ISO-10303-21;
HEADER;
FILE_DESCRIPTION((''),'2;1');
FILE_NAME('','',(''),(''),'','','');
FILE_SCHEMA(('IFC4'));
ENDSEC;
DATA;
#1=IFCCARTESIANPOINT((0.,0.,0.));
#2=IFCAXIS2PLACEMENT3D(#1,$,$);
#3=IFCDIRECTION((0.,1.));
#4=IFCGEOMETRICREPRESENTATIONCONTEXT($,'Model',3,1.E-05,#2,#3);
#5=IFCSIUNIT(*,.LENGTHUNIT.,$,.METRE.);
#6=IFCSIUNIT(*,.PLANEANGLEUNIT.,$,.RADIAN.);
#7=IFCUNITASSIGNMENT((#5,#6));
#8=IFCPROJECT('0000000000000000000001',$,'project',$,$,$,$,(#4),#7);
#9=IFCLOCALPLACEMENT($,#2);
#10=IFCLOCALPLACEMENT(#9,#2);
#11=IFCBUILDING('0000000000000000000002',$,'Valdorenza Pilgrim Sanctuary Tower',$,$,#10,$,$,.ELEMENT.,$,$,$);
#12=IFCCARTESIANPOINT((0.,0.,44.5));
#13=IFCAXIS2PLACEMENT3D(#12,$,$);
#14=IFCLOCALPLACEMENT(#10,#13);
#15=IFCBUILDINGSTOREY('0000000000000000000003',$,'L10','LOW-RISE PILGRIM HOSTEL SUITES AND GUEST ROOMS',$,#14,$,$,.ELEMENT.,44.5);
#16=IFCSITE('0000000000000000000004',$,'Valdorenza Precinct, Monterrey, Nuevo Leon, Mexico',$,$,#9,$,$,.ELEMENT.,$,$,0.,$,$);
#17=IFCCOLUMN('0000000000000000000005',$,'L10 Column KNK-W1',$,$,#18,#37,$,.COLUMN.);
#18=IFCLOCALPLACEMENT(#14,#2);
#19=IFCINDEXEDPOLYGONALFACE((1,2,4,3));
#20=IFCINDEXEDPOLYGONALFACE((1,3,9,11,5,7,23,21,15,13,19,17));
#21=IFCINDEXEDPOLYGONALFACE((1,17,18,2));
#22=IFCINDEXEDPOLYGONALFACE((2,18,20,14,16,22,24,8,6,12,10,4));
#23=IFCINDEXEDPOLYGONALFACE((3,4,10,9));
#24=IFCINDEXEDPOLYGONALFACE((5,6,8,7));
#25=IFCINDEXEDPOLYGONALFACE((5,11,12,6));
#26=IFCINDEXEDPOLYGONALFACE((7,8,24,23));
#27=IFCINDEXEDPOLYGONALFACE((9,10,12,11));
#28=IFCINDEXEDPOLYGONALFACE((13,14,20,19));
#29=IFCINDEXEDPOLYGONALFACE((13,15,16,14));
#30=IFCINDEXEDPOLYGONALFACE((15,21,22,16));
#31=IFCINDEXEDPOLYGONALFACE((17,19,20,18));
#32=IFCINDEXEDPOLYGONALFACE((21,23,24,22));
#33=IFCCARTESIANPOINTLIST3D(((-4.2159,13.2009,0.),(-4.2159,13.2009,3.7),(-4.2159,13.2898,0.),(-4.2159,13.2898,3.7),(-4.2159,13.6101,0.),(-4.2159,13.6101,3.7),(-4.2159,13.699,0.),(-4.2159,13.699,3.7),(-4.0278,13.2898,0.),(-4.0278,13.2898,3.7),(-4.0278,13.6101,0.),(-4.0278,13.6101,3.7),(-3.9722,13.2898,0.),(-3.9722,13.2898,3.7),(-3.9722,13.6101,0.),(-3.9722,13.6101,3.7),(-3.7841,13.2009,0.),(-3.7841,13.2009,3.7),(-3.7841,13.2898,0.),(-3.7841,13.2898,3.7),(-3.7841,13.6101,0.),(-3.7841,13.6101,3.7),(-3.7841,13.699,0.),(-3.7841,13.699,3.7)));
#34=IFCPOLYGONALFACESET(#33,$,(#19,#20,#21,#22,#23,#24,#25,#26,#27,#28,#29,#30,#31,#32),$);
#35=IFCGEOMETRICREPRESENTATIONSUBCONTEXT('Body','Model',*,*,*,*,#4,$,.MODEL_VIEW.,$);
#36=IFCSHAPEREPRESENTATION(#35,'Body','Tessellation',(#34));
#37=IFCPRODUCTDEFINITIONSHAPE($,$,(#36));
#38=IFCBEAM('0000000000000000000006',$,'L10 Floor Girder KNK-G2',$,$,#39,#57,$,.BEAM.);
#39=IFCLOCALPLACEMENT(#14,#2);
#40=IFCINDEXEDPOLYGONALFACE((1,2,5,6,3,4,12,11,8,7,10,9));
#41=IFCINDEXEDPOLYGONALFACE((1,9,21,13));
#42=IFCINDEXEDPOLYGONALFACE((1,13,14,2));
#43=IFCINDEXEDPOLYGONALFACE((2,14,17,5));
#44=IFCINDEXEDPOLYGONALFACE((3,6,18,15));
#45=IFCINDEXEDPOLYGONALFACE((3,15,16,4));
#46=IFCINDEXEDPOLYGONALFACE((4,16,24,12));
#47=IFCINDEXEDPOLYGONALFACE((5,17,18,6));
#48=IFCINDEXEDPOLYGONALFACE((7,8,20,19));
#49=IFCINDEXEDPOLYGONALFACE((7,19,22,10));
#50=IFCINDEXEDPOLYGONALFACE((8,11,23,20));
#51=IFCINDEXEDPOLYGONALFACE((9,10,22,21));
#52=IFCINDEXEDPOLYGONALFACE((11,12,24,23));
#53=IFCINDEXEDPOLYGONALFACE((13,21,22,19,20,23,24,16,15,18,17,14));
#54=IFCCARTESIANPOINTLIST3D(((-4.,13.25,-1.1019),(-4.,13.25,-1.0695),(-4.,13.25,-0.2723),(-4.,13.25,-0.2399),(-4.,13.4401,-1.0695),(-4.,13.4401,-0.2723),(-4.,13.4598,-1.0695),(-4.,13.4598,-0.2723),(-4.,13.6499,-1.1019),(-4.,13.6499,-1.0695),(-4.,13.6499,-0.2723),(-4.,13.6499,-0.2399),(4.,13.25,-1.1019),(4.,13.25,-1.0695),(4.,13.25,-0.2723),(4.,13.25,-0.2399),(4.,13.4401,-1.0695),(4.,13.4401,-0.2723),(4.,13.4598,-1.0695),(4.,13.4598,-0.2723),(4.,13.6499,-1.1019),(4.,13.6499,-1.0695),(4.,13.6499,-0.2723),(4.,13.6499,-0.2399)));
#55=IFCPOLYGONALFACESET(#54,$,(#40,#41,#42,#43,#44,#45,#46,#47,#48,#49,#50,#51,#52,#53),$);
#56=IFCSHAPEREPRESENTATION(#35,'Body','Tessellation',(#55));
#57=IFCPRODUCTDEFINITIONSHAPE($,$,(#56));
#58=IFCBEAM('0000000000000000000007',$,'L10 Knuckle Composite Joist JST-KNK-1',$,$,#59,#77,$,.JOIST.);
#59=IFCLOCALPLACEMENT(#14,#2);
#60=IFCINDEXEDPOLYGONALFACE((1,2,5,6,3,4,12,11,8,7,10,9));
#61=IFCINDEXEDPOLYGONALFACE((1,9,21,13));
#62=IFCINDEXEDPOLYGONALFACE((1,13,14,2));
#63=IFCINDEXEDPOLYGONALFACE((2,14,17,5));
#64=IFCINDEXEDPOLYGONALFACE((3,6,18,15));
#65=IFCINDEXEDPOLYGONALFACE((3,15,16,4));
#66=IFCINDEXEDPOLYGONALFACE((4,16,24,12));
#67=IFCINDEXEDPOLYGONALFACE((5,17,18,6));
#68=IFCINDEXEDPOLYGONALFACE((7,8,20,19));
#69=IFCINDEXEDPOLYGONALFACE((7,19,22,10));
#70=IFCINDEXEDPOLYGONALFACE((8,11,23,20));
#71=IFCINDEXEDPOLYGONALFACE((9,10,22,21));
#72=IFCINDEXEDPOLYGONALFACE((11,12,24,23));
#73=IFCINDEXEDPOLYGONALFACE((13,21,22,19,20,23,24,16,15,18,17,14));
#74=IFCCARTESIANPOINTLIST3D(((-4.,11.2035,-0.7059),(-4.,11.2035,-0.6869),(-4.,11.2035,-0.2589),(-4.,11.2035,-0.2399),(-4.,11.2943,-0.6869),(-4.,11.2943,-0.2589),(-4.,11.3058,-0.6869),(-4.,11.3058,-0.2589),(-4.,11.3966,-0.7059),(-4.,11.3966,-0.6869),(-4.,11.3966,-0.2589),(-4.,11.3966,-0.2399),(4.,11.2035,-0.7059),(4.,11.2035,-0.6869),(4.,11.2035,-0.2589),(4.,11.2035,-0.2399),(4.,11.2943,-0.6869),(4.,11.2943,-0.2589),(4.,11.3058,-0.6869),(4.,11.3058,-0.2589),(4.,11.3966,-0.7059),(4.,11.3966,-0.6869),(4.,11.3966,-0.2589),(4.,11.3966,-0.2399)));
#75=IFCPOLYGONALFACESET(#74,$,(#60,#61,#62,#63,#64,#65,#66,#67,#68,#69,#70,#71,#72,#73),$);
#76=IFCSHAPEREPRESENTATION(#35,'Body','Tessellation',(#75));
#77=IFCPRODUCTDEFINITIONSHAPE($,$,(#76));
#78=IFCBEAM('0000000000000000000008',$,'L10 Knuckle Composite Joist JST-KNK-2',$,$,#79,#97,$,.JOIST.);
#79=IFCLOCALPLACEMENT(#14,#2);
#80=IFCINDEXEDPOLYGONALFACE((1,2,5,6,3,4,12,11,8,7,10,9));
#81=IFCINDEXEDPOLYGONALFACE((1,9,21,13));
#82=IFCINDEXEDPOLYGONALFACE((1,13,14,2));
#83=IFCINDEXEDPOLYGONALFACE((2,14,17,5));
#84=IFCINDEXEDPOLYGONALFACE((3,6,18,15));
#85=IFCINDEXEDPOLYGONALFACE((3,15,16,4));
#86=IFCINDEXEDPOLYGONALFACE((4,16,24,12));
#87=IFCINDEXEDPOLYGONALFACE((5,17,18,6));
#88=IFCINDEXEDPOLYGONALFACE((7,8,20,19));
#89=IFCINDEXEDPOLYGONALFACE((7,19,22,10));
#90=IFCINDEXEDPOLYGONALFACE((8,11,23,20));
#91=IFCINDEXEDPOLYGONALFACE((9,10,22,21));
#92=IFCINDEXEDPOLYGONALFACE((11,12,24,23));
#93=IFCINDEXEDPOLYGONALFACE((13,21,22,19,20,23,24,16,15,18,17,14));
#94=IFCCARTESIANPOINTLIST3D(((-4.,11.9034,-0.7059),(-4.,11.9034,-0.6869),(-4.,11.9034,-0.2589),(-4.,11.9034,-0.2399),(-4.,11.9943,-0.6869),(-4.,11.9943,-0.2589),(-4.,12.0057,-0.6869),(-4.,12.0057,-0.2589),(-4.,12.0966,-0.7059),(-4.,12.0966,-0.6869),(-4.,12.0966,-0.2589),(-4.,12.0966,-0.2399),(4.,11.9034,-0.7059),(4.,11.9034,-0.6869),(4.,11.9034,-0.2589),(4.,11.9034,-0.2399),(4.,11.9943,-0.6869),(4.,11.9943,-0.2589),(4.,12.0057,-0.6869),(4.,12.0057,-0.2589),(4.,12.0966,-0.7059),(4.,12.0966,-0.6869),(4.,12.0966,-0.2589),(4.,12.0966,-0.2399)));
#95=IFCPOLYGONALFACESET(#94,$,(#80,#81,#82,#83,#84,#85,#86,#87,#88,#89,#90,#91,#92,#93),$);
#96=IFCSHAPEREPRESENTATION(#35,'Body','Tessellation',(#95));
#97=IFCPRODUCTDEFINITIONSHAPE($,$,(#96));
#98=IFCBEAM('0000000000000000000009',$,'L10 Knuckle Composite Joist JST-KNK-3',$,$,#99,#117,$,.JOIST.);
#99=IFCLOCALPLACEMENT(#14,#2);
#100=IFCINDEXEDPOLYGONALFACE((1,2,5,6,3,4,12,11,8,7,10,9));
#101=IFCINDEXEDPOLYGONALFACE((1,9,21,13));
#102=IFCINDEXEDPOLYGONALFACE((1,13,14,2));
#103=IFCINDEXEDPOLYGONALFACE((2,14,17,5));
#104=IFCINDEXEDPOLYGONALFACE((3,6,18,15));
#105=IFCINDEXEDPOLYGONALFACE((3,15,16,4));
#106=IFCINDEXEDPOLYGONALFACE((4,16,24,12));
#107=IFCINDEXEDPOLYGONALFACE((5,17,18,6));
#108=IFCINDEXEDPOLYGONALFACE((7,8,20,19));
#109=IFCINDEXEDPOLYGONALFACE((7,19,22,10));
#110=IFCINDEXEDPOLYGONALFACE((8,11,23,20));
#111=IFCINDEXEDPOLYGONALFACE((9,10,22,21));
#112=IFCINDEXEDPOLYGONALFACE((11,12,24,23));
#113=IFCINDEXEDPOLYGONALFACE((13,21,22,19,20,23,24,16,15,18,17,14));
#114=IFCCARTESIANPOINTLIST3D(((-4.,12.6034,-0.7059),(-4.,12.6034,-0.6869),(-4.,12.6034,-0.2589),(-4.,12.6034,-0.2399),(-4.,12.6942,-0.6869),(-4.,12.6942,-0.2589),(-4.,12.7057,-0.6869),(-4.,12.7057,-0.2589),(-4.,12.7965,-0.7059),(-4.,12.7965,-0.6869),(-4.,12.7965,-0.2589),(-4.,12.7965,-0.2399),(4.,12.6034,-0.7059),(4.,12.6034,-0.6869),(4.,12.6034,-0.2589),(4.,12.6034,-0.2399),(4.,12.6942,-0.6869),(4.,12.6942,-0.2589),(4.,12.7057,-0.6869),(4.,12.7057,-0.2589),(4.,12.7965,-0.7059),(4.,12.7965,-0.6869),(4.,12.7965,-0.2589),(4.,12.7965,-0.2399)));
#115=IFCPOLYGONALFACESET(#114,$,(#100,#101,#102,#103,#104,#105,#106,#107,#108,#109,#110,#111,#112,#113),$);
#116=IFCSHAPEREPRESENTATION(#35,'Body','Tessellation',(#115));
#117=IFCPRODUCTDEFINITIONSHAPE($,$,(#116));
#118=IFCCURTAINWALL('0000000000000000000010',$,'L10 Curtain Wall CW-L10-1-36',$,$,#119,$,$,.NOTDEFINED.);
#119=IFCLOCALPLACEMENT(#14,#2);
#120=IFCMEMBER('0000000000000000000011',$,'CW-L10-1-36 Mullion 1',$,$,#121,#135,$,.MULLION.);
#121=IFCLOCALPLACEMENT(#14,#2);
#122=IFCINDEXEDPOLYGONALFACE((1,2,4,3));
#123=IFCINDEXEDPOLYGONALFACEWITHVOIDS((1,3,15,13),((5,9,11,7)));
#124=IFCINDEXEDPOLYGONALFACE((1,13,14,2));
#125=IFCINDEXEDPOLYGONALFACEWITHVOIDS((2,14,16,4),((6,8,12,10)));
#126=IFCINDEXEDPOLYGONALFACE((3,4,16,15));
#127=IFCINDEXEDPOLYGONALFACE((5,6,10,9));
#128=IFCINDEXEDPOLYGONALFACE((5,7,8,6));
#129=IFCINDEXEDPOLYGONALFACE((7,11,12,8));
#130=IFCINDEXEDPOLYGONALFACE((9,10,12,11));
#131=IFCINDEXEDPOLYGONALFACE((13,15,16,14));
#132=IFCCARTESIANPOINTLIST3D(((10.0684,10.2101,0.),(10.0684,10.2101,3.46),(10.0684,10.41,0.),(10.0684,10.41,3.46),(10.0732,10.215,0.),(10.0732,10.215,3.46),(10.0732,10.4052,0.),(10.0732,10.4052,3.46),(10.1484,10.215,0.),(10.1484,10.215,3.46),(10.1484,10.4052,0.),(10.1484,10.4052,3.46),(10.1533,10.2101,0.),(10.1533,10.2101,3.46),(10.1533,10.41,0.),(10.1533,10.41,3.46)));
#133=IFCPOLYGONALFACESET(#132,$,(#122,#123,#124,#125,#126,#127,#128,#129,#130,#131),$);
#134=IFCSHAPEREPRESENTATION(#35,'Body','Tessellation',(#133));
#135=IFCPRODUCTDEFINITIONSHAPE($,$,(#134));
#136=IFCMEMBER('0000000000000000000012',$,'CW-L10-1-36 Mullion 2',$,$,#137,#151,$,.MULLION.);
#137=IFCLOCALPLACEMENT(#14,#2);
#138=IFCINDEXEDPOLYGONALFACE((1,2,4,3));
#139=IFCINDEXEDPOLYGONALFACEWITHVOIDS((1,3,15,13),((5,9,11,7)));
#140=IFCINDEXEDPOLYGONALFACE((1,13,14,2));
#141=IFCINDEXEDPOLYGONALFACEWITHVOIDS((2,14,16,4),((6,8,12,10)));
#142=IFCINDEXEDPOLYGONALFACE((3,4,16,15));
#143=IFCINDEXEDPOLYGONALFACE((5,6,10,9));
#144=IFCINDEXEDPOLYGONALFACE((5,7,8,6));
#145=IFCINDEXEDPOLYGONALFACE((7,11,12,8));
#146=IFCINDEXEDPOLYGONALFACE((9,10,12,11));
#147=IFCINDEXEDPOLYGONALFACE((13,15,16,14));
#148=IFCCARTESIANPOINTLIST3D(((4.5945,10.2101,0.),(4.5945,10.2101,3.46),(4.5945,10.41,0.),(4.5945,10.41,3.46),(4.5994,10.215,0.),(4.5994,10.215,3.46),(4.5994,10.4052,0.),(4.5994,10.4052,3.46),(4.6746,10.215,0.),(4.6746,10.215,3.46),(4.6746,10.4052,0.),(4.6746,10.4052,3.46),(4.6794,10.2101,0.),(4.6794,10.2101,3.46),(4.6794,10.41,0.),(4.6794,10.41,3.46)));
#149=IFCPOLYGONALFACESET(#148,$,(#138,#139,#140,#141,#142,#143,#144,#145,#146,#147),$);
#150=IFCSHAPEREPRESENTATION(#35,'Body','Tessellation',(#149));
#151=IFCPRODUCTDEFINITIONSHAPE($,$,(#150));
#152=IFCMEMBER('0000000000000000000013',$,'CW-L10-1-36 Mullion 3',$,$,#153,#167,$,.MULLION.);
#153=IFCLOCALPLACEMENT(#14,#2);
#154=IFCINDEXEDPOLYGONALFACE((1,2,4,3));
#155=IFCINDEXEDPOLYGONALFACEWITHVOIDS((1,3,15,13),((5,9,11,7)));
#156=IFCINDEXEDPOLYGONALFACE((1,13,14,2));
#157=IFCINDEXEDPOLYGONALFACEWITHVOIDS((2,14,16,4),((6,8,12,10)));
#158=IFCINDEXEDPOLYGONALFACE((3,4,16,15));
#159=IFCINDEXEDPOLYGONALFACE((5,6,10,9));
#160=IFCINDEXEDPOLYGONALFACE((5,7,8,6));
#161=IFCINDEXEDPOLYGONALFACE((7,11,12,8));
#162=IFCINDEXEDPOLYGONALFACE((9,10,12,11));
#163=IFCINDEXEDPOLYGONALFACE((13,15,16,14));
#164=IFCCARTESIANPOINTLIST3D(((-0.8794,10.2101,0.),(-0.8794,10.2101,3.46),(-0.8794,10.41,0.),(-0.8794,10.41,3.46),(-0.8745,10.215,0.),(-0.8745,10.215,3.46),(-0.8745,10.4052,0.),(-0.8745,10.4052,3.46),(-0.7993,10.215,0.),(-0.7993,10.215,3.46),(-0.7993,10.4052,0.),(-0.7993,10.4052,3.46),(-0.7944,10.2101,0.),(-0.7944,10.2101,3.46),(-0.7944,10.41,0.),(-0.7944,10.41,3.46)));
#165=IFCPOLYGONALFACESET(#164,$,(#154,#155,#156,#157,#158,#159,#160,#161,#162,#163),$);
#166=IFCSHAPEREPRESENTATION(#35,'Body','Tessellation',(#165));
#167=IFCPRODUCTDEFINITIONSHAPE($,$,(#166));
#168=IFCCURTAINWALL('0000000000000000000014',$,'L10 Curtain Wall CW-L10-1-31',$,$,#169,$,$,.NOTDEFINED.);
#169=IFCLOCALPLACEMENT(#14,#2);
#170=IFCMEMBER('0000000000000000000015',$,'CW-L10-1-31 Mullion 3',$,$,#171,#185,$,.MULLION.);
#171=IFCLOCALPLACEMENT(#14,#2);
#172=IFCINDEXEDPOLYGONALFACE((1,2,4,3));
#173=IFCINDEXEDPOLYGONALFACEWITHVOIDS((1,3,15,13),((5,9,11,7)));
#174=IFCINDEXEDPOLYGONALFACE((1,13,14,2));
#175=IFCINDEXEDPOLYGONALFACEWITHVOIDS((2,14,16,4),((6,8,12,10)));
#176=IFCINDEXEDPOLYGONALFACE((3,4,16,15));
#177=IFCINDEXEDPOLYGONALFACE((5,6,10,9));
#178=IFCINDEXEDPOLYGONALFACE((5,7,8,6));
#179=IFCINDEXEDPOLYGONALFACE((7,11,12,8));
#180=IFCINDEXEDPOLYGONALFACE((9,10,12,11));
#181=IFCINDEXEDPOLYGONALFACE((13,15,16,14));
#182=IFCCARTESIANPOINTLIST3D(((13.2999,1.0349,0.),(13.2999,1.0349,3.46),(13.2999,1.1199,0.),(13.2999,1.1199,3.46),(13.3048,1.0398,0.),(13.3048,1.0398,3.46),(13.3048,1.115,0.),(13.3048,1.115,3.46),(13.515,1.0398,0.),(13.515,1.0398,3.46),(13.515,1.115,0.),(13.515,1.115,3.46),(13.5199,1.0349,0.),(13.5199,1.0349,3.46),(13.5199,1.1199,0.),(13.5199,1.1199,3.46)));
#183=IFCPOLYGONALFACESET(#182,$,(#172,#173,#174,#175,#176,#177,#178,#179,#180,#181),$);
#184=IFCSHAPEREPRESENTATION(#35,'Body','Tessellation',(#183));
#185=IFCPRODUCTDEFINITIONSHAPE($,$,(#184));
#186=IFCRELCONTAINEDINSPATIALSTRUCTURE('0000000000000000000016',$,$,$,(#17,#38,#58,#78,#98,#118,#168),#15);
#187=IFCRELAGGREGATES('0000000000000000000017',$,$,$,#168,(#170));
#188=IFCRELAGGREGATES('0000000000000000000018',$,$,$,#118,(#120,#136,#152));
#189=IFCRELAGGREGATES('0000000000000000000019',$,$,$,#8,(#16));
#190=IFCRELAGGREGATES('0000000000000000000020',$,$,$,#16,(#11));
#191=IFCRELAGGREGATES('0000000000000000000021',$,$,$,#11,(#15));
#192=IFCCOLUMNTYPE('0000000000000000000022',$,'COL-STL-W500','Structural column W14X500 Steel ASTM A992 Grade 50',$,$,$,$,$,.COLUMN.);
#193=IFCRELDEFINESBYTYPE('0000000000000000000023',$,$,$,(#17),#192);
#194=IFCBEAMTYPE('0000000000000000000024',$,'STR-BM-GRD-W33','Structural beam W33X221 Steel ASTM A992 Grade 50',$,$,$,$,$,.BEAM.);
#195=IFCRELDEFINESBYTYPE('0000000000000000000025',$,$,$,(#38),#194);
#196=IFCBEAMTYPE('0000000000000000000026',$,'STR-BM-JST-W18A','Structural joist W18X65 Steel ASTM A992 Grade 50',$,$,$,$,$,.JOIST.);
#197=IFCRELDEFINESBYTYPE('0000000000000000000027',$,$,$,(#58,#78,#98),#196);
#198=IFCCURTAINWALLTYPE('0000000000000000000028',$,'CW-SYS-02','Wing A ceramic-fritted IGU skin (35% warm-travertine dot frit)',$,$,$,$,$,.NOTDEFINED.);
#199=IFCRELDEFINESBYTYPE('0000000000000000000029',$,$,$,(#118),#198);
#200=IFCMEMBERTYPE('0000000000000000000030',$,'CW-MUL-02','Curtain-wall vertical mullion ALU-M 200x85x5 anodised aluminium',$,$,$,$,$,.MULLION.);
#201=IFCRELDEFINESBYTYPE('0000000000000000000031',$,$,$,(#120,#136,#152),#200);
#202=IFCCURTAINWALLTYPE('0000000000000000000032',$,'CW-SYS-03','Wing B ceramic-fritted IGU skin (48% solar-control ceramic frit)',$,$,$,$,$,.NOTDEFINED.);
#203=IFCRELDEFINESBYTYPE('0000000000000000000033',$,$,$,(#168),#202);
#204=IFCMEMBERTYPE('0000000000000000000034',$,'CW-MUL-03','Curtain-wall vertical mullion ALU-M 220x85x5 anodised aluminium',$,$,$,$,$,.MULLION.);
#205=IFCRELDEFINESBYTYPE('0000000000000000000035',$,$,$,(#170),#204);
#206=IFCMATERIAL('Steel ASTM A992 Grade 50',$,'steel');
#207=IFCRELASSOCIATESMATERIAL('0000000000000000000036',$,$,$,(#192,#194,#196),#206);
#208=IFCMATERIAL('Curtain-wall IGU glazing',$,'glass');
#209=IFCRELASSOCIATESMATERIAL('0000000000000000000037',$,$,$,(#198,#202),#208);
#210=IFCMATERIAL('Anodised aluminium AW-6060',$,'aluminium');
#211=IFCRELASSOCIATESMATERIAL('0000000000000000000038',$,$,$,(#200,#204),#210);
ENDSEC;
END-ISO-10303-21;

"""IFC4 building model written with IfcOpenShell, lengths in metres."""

from ifc_helpers import new_model, si_unit, direction, frame, origin, origin_2d, place, context, subcontext, project, spatial, hollow_rectangle, i_section, extrude, source, transform, mapped, material, material_profile, profile_set, type_object, element, aggregate, save


model = new_model("IFC4")

# Units and contexts
model_context = context("Model", 3, precision=1e-05, world=origin(), true_north=direction((0.0, 1.0)))
body_context = subcontext(model_context, "Body", "Model", "MODEL_VIEW")
ifc_project = project(units=[si_unit("LENGTHUNIT", "METRE"), si_unit("PLANEANGLEUNIT", "RADIAN")], contexts=[model_context])

# Site, building, storey
site_placement = place(None, origin())
site = spatial("IfcSite", under=ifc_project, at=site_placement, Name="Valdorenza Precinct, Monterrey, Nuevo Leon, Mexico", CompositionType="ELEMENT", RefElevation=0.0)
building_placement = place(site_placement, origin())
building = spatial("IfcBuilding", under=site, at=building_placement, Name="Valdorenza Pilgrim Sanctuary Tower", CompositionType="ELEMENT")
storey_placement = place(building_placement, frame((0.0, 0.0, 44.5)))
storey = spatial("IfcBuildingStorey", under=building, at=storey_placement, Name="L10", Description="LOW-RISE PILGRIM HOSTEL SUITES AND GUEST ROOMS", CompositionType="ELEMENT", Elevation=44.5)

# Column
ifc_material_1 = material(Name="Steel ASTM A992 Grade 50", Category="steel")
ifc_material_profile_1 = material_profile(ifc_material_1, i_section(OverallWidth=0.4319, OverallDepth=0.498, WebThickness=0.0557, FlangeThickness=0.0889, at=origin_2d()), Name="W14X500")
ifc_profile_set_1 = profile_set([ifc_material_profile_1], Name="Steel ASTM A992 Grade 50")
column_type = type_object("IfcColumnType", Name="COL-STL-W500", Description="Structural column W14X500 Steel ASTM A992 Grade 50", PredefinedType="COLUMN", material=ifc_profile_set_1)
shared_shape_1 = source(origin(), body_context, "Body", "SweptSolid", [
    extrude(i_section(OverallWidth=0.4319, OverallDepth=0.498, WebThickness=0.0557, FlangeThickness=0.0889, at=origin_2d()), origin(), (0.0, 0.0, 1.0), 3.7),
])
column_placement = place(storey_placement, frame((-4.0, 13.45, 0.0), z_axis=(0.0, 0.0, 1.0), x_axis=(1.0, 0.0, 0.0)))
element("IfcColumn", 1, at=column_placement, inside=storey, type_object=column_type, Name="L10 Column KNK-W1", PredefinedType="COLUMN", context=body_context, shape_type="MappedRepresentation", body=[
    mapped(shared_shape_1, transform((0.0, 0.0, 0.0), x_axis=(1.0, 0.0, 0.0), y_axis=(0.0, 1.0, 0.0), z_axis=(0.0, 0.0, 1.0), scale=1.0)),
])

# Beams
ifc_material_profile_2 = material_profile(ifc_material_1, i_section(OverallWidth=0.3999, OverallDepth=0.8621, WebThickness=0.0198, FlangeThickness=0.0325, at=origin_2d()), Name="W33X221")
ifc_profile_set_2 = profile_set([ifc_material_profile_2], Name="Steel ASTM A992 Grade 50")
beam_type_1 = type_object("IfcBeamType", Name="STR-BM-GRD-W33", Description="Structural beam W33X221 Steel ASTM A992 Grade 50", PredefinedType="BEAM", material=ifc_profile_set_2)
shared_shape_2 = source(origin(), body_context, "Body", "SweptSolid", [
    extrude(i_section(OverallWidth=0.3999, OverallDepth=0.8621, WebThickness=0.0198, FlangeThickness=0.0325, at=origin_2d()), origin(), (0.0, 0.0, 1.0), 8.0),
])
beam_placement = place(storey_placement, frame((-4.0, 13.45, -0.6709), z_axis=(1.0, 0.0, 0.0), x_axis=(0.0, 1.0, 0.0)))
element("IfcBeam", 2, at=beam_placement, inside=storey, type_object=beam_type_1, Name="L10 Floor Girder KNK-G2", PredefinedType="BEAM", context=body_context, shape_type="MappedRepresentation", body=[
    mapped(shared_shape_2, transform((0.0, 0.0, 0.0), x_axis=(1.0, 0.0, 0.0), y_axis=(0.0, 1.0, 0.0), z_axis=(0.0, 0.0, 1.0), scale=1.0)),
])
ifc_material_profile_3 = material_profile(ifc_material_1, i_section(OverallWidth=0.1931, OverallDepth=0.4661, WebThickness=0.0115, FlangeThickness=0.019, at=origin_2d()), Name="W18X65")
ifc_profile_set_3 = profile_set([ifc_material_profile_3], Name="Steel ASTM A992 Grade 50")
beam_type_2 = type_object("IfcBeamType", Name="STR-BM-JST-W18A", Description="Structural joist W18X65 Steel ASTM A992 Grade 50", PredefinedType="JOIST", material=ifc_profile_set_3)
shared_shape_3 = source(origin(), body_context, "Body", "SweptSolid", [
    extrude(i_section(OverallWidth=0.1931, OverallDepth=0.4661, WebThickness=0.0115, FlangeThickness=0.019, at=origin_2d()), origin(), (0.0, 0.0, 1.0), 8.0),
])
for number, where, z_axis, x_axis, name in (
    (3, (-4.0, 11.3, -0.4729), (1.0, 0.0, 0.0), (0.0, 1.0, 0.0), "L10 Knuckle Composite Joist JST-KNK-1"),
    (4, (-4.0, 12.0, -0.4729), (1.0, 0.0, 0.0), (0.0, 1.0, 0.0), "L10 Knuckle Composite Joist JST-KNK-2"),
    (5, (-4.0, 12.7, -0.4729), (1.0, 0.0, 0.0), (0.0, 1.0, 0.0), "L10 Knuckle Composite Joist JST-KNK-3"),
):
    element("IfcBeam", number, at=place(storey_placement, frame(where, z_axis=z_axis, x_axis=x_axis)), inside=storey, type_object=beam_type_2, Name=name, PredefinedType="JOIST", context=body_context, shape_type="MappedRepresentation", body=[
        mapped(shared_shape_3, transform((0.0, 0.0, 0.0), x_axis=(1.0, 0.0, 0.0), y_axis=(0.0, 1.0, 0.0), z_axis=(0.0, 0.0, 1.0), scale=1.0)),
    ])

# Curtain walls, members
ifc_material_2 = material(Name="Curtain-wall IGU glazing", Category="glass")
curtain_wall_type_1 = type_object("IfcCurtainWallType", Name="CW-SYS-02", Description="Wing A ceramic-fritted IGU skin (35% warm-travertine dot frit)", PredefinedType="NOTDEFINED", material=ifc_material_2)
curtain_wall_1_placement = place(storey_placement, origin())
curtain_wall_1 = element("IfcCurtainWall", 6, at=curtain_wall_1_placement, inside=storey, type_object=curtain_wall_type_1, Name="L10 Curtain Wall CW-L10-1-36", PredefinedType="NOTDEFINED")
ifc_material_3 = material(Name="Anodised aluminium AW-6060", Category="aluminium")
ifc_material_profile_4 = material_profile(ifc_material_3, hollow_rectangle(XDim=0.085, YDim=0.2, WallThickness=0.0049, at=origin_2d()), Name="ALU-M 200x85x5")
ifc_profile_set_4 = profile_set([ifc_material_profile_4], Name="Anodised aluminium AW-6060")
member_type_1 = type_object("IfcMemberType", Name="CW-MUL-02", Description="Curtain-wall vertical mullion ALU-M 200x85x5 anodised aluminium", PredefinedType="MULLION", material=ifc_profile_set_4)
shared_shape_4 = source(origin(), body_context, "Body", "SweptSolid", [
    extrude(hollow_rectangle(XDim=0.085, YDim=0.2, WallThickness=0.0049, at=origin_2d()), origin(), (0.0, 0.0, 1.0), 3.46),
])
member_1_placement = place(storey_placement, frame((10.1108, 10.3101, 0.0), z_axis=(0.0, 0.0, 1.0), x_axis=(-1.0, 0.0, 0.0)))
member_1 = element("IfcMember", 7, at=member_1_placement, type_object=member_type_1, Name="CW-L10-1-36 Mullion 1", PredefinedType="MULLION", context=body_context, shape_type="MappedRepresentation", body=[
    mapped(shared_shape_4, transform((0.0, 0.0, 0.0), x_axis=(1.0, 0.0, 0.0), y_axis=(0.0, 1.0, 0.0), z_axis=(0.0, 0.0, 1.0), scale=1.0)),
])
member_2_placement = place(storey_placement, frame((4.637, 10.3101, 0.0), z_axis=(0.0, 0.0, 1.0), x_axis=(-1.0, 0.0, 0.0)))
member_2 = element("IfcMember", 8, at=member_2_placement, type_object=member_type_1, Name="CW-L10-1-36 Mullion 2", PredefinedType="MULLION", context=body_context, shape_type="MappedRepresentation", body=[
    mapped(shared_shape_4, transform((0.0, 0.0, 0.0), x_axis=(1.0, 0.0, 0.0), y_axis=(0.0, 1.0, 0.0), z_axis=(0.0, 0.0, 1.0), scale=1.0)),
])
member_3_placement = place(storey_placement, frame((-0.8369, 10.3101, 0.0), z_axis=(0.0, 0.0, 1.0), x_axis=(-1.0, 0.0, 0.0)))
member_3 = element("IfcMember", 9, at=member_3_placement, type_object=member_type_1, Name="CW-L10-1-36 Mullion 3", PredefinedType="MULLION", context=body_context, shape_type="MappedRepresentation", body=[
    mapped(shared_shape_4, transform((0.0, 0.0, 0.0), x_axis=(1.0, 0.0, 0.0), y_axis=(0.0, 1.0, 0.0), z_axis=(0.0, 0.0, 1.0), scale=1.0)),
])
curtain_wall_type_2 = type_object("IfcCurtainWallType", Name="CW-SYS-03", Description="Wing B ceramic-fritted IGU skin (48% solar-control ceramic frit)", PredefinedType="NOTDEFINED", material=ifc_material_2)
curtain_wall_2_placement = place(storey_placement, origin())
curtain_wall_2 = element("IfcCurtainWall", 10, at=curtain_wall_2_placement, inside=storey, type_object=curtain_wall_type_2, Name="L10 Curtain Wall CW-L10-1-31", PredefinedType="NOTDEFINED")
ifc_material_profile_5 = material_profile(ifc_material_3, hollow_rectangle(XDim=0.085, YDim=0.22, WallThickness=0.0049, at=origin_2d()), Name="ALU-M 220x85x5")
ifc_profile_set_5 = profile_set([ifc_material_profile_5], Name="Anodised aluminium AW-6060")
member_type_2 = type_object("IfcMemberType", Name="CW-MUL-03", Description="Curtain-wall vertical mullion ALU-M 220x85x5 anodised aluminium", PredefinedType="MULLION", material=ifc_profile_set_5)
shared_shape_5 = source(origin(), body_context, "Body", "SweptSolid", [
    extrude(hollow_rectangle(XDim=0.085, YDim=0.22, WallThickness=0.0049, at=origin_2d()), origin(), (0.0, 0.0, 1.0), 3.46),
])
member_4_placement = place(storey_placement, frame((13.4099, 1.0774, 0.0), z_axis=(0.0, 0.0, 1.0), x_axis=(0.0, 1.0, 0.0)))
member_4 = element("IfcMember", 11, at=member_4_placement, type_object=member_type_2, Name="CW-L10-1-31 Mullion 3", PredefinedType="MULLION", context=body_context, shape_type="MappedRepresentation", body=[
    mapped(shared_shape_5, transform((0.0, 0.0, 0.0), x_axis=(1.0, 0.0, 0.0), y_axis=(0.0, 1.0, 0.0), z_axis=(0.0, 0.0, 1.0), scale=1.0)),
])

aggregate(curtain_wall_2, [member_4])
aggregate(curtain_wall_1, [member_1, member_2, member_3])

save(model, "model.ifc")
